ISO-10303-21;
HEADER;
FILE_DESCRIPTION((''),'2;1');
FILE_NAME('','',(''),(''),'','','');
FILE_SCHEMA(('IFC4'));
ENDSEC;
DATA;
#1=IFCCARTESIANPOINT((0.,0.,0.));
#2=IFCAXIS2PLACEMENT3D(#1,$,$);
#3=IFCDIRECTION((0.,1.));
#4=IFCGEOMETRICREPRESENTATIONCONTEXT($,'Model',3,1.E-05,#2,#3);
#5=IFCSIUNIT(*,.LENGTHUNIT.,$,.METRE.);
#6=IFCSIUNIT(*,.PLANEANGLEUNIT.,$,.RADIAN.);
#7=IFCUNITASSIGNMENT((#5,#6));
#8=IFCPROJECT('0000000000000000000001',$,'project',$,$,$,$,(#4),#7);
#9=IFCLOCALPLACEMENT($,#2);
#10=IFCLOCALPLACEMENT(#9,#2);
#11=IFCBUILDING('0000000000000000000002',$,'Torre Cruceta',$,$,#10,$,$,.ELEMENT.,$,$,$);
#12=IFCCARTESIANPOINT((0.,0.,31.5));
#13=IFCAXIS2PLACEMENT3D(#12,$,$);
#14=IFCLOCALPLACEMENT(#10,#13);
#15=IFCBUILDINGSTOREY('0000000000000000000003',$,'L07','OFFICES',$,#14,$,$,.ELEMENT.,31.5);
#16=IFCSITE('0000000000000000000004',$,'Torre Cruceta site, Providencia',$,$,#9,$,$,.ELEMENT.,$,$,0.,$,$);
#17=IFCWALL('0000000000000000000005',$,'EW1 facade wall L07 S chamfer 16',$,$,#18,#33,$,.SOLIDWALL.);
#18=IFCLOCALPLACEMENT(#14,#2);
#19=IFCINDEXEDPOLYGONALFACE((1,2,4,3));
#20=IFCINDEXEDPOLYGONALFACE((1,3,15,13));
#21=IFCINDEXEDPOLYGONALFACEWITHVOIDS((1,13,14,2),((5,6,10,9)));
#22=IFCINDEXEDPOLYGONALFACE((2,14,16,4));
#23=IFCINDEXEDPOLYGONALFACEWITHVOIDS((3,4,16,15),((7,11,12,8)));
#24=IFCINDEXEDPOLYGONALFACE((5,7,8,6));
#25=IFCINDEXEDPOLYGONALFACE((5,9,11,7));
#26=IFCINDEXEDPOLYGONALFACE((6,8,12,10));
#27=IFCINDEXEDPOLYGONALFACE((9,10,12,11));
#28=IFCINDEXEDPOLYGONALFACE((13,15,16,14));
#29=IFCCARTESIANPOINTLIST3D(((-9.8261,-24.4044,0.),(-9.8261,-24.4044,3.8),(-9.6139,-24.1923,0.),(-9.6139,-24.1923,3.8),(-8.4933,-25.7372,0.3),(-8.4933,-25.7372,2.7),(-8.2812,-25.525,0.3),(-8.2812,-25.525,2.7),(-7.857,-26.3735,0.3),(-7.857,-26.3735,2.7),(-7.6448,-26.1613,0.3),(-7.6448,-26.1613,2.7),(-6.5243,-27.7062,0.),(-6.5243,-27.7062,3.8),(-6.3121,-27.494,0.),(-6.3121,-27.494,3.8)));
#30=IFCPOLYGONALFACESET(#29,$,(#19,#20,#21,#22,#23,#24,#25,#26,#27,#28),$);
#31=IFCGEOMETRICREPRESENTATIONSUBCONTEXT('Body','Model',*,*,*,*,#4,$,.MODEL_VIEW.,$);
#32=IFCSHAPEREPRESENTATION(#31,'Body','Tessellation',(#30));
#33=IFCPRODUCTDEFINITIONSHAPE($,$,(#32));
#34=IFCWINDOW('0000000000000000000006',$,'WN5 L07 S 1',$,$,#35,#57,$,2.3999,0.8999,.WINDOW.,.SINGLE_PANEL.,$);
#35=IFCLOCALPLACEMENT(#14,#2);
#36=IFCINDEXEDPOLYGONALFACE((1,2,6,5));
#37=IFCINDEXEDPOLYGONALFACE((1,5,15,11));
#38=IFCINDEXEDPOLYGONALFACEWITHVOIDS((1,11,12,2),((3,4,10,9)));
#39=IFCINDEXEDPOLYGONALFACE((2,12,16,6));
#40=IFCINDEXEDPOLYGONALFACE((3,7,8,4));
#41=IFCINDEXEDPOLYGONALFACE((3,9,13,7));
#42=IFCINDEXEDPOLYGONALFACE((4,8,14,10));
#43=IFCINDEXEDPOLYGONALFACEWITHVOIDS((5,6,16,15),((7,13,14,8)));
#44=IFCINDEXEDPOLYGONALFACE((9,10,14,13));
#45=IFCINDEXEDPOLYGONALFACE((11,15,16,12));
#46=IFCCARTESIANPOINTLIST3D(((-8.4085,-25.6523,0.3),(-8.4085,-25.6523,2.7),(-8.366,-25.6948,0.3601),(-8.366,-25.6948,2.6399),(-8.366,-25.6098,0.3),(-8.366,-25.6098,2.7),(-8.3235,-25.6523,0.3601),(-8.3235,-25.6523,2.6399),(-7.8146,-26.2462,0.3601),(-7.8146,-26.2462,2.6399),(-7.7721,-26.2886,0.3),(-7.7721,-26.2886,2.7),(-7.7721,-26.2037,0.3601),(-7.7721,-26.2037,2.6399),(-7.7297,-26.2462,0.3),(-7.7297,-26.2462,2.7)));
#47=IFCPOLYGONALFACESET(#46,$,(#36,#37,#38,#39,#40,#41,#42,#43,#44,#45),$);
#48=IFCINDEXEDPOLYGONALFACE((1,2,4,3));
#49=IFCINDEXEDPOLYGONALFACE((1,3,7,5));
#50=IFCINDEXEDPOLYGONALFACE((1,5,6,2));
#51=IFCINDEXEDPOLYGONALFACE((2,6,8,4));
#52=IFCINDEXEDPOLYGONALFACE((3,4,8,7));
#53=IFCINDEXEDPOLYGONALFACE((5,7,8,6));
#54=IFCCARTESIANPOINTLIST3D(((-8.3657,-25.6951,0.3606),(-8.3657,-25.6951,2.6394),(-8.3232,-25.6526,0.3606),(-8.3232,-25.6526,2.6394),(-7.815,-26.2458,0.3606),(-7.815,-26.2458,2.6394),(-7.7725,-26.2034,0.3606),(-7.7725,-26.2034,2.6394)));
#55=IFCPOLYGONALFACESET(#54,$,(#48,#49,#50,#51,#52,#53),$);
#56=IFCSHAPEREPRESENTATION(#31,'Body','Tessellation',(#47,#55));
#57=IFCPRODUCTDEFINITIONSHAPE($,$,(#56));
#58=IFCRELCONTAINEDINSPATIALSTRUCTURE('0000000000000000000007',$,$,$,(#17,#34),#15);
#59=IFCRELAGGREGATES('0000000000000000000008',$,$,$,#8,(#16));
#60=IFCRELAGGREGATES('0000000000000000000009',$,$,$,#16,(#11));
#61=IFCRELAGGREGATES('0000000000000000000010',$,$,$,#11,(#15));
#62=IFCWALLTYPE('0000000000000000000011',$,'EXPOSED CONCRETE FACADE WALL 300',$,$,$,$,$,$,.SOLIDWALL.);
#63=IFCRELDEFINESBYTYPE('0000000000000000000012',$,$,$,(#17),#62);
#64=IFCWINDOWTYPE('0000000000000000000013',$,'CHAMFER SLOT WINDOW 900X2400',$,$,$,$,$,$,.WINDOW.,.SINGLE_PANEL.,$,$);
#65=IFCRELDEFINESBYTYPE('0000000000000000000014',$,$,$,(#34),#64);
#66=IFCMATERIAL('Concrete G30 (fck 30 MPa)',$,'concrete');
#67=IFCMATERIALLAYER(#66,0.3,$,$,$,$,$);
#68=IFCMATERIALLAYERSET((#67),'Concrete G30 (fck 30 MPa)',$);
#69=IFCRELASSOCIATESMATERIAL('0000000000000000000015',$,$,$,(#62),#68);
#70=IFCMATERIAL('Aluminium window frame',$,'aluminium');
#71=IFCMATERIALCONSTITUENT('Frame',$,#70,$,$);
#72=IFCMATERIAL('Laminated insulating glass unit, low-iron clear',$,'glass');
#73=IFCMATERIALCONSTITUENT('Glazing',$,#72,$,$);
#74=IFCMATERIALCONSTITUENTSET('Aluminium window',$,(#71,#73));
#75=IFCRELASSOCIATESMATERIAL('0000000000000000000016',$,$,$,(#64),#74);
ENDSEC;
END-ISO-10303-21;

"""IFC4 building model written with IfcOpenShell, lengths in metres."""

from ifc_helpers import new_model, si_unit, direction, frame, frame_2d, origin, place, context, subcontext, project, spatial, rectangle, hollow_rectangle, extrude, material, layer, layer_set, constituent, constituent_set, type_object, element, fill, save


model = new_model("IFC4")

# Units and contexts
model_context = context("Model", 3, precision=1e-05, world=origin(), true_north=direction((0.0, 1.0)))
body_context = subcontext(model_context, "Body", "Model", "MODEL_VIEW")
ifc_project = project(units=[si_unit("LENGTHUNIT", "METRE"), si_unit("PLANEANGLEUNIT", "RADIAN")], contexts=[model_context])

# Site, building, storey
site_placement = place(None, origin())
site = spatial("IfcSite", under=ifc_project, at=site_placement, Name="Torre Cruceta site, Providencia", CompositionType="ELEMENT", RefElevation=0.0)
building_placement = place(site_placement, origin())
building = spatial("IfcBuilding", under=site, at=building_placement, Name="Torre Cruceta", CompositionType="ELEMENT")
storey_placement = place(building_placement, frame((0.0, 0.0, 31.5)))
storey = spatial("IfcBuildingStorey", under=building, at=storey_placement, Name="L07", Description="OFFICES", CompositionType="ELEMENT", Elevation=31.5)

# Wall, opening, window
ifc_material_1 = material(Name="Concrete G30 (fck 30 MPa)", Category="concrete")
ifc_layer_1 = layer(ifc_material_1, 0.3)
ifc_layer_set_1 = layer_set([ifc_layer_1], Name="Concrete G30 (fck 30 MPa)")
wall_type = type_object("IfcWallType", Name="EXPOSED CONCRETE FACADE WALL 300", PredefinedType="SOLIDWALL", material=ifc_layer_set_1)
wall_placement = place(storey_placement, frame((-9.72, -24.2983, 0.0), z_axis=(0.0, 0.0, 1.0), x_axis=(0.707107, -0.707107, 0.0)))
wall = element("IfcWall", 1, at=wall_placement, inside=storey, type_object=wall_type, Name="EW1 facade wall L07 S chamfer 16", PredefinedType="SOLIDWALL", context=body_context, shape_type="SweptSolid", body=[
    extrude(rectangle(XDim=4.6694, YDim=0.3, at=frame_2d((2.3347, 0.0))), origin(), (0.0, 0.0, 1.0), 3.8),
])
opening_placement = place(wall_placement, frame((1.8848, 0.0, 0.3)))
opening = element("IfcOpeningElement", 2, at=opening_placement, cuts=wall, PredefinedType="OPENING", context=body_context, shape_type="SweptSolid", body=[
    extrude(rectangle(XDim=0.8999, YDim=2.3999, at=frame_2d((0.45, 1.2))), frame((0.0, 0.1599, 0.0), z_axis=(0.0, -1.0, 0.0), x_axis=(1.0, 0.0, 0.0)), (0.0, 0.0, 1.0), 0.3201),
])
ifc_material_2 = material(Name="Aluminium window frame", Category="aluminium")
ifc_constituent_1 = constituent(ifc_material_2, Name="Frame")
ifc_material_3 = material(Name="Laminated insulating glass unit, low-iron clear", Category="glass")
ifc_constituent_2 = constituent(ifc_material_3, Name="Glazing")
ifc_constituent_set = constituent_set(constituents=[ifc_constituent_1, ifc_constituent_2], Name="Aluminium window")
window_type = type_object("IfcWindowType", Name="CHAMFER SLOT WINDOW 900X2400", PartitioningType="SINGLE_PANEL", PredefinedType="WINDOW", material=ifc_constituent_set)
window_placement = place(opening_placement, origin())
window = element("IfcWindow", 3, at=window_placement, inside=storey, type_object=window_type, Name="WN5 L07 S 1", OverallHeight=2.3999, OverallWidth=0.8999, PartitioningType="SINGLE_PANEL", PredefinedType="WINDOW", context=body_context, shape_type="SweptSolid", body=[
    extrude(hollow_rectangle(XDim=0.8999, YDim=2.3999, WallThickness=0.0601, at=frame_2d((0.45, 1.2))), frame((0.0, 0.03, 0.0), z_axis=(0.0, -1.0, 0.0), x_axis=(1.0, 0.0, 0.0)), (0.0, 0.0, 1.0), 0.0601),
    extrude(rectangle(XDim=0.7788, YDim=2.2788, at=frame_2d((0.45, 1.2))), frame((0.0, 0.03, 0.0), z_axis=(0.0, -1.0, 0.0), x_axis=(1.0, 0.0, 0.0)), (0.0, 0.0, 1.0), 0.0601),
])
fill(opening, window)

save(model, "model.ifc")
